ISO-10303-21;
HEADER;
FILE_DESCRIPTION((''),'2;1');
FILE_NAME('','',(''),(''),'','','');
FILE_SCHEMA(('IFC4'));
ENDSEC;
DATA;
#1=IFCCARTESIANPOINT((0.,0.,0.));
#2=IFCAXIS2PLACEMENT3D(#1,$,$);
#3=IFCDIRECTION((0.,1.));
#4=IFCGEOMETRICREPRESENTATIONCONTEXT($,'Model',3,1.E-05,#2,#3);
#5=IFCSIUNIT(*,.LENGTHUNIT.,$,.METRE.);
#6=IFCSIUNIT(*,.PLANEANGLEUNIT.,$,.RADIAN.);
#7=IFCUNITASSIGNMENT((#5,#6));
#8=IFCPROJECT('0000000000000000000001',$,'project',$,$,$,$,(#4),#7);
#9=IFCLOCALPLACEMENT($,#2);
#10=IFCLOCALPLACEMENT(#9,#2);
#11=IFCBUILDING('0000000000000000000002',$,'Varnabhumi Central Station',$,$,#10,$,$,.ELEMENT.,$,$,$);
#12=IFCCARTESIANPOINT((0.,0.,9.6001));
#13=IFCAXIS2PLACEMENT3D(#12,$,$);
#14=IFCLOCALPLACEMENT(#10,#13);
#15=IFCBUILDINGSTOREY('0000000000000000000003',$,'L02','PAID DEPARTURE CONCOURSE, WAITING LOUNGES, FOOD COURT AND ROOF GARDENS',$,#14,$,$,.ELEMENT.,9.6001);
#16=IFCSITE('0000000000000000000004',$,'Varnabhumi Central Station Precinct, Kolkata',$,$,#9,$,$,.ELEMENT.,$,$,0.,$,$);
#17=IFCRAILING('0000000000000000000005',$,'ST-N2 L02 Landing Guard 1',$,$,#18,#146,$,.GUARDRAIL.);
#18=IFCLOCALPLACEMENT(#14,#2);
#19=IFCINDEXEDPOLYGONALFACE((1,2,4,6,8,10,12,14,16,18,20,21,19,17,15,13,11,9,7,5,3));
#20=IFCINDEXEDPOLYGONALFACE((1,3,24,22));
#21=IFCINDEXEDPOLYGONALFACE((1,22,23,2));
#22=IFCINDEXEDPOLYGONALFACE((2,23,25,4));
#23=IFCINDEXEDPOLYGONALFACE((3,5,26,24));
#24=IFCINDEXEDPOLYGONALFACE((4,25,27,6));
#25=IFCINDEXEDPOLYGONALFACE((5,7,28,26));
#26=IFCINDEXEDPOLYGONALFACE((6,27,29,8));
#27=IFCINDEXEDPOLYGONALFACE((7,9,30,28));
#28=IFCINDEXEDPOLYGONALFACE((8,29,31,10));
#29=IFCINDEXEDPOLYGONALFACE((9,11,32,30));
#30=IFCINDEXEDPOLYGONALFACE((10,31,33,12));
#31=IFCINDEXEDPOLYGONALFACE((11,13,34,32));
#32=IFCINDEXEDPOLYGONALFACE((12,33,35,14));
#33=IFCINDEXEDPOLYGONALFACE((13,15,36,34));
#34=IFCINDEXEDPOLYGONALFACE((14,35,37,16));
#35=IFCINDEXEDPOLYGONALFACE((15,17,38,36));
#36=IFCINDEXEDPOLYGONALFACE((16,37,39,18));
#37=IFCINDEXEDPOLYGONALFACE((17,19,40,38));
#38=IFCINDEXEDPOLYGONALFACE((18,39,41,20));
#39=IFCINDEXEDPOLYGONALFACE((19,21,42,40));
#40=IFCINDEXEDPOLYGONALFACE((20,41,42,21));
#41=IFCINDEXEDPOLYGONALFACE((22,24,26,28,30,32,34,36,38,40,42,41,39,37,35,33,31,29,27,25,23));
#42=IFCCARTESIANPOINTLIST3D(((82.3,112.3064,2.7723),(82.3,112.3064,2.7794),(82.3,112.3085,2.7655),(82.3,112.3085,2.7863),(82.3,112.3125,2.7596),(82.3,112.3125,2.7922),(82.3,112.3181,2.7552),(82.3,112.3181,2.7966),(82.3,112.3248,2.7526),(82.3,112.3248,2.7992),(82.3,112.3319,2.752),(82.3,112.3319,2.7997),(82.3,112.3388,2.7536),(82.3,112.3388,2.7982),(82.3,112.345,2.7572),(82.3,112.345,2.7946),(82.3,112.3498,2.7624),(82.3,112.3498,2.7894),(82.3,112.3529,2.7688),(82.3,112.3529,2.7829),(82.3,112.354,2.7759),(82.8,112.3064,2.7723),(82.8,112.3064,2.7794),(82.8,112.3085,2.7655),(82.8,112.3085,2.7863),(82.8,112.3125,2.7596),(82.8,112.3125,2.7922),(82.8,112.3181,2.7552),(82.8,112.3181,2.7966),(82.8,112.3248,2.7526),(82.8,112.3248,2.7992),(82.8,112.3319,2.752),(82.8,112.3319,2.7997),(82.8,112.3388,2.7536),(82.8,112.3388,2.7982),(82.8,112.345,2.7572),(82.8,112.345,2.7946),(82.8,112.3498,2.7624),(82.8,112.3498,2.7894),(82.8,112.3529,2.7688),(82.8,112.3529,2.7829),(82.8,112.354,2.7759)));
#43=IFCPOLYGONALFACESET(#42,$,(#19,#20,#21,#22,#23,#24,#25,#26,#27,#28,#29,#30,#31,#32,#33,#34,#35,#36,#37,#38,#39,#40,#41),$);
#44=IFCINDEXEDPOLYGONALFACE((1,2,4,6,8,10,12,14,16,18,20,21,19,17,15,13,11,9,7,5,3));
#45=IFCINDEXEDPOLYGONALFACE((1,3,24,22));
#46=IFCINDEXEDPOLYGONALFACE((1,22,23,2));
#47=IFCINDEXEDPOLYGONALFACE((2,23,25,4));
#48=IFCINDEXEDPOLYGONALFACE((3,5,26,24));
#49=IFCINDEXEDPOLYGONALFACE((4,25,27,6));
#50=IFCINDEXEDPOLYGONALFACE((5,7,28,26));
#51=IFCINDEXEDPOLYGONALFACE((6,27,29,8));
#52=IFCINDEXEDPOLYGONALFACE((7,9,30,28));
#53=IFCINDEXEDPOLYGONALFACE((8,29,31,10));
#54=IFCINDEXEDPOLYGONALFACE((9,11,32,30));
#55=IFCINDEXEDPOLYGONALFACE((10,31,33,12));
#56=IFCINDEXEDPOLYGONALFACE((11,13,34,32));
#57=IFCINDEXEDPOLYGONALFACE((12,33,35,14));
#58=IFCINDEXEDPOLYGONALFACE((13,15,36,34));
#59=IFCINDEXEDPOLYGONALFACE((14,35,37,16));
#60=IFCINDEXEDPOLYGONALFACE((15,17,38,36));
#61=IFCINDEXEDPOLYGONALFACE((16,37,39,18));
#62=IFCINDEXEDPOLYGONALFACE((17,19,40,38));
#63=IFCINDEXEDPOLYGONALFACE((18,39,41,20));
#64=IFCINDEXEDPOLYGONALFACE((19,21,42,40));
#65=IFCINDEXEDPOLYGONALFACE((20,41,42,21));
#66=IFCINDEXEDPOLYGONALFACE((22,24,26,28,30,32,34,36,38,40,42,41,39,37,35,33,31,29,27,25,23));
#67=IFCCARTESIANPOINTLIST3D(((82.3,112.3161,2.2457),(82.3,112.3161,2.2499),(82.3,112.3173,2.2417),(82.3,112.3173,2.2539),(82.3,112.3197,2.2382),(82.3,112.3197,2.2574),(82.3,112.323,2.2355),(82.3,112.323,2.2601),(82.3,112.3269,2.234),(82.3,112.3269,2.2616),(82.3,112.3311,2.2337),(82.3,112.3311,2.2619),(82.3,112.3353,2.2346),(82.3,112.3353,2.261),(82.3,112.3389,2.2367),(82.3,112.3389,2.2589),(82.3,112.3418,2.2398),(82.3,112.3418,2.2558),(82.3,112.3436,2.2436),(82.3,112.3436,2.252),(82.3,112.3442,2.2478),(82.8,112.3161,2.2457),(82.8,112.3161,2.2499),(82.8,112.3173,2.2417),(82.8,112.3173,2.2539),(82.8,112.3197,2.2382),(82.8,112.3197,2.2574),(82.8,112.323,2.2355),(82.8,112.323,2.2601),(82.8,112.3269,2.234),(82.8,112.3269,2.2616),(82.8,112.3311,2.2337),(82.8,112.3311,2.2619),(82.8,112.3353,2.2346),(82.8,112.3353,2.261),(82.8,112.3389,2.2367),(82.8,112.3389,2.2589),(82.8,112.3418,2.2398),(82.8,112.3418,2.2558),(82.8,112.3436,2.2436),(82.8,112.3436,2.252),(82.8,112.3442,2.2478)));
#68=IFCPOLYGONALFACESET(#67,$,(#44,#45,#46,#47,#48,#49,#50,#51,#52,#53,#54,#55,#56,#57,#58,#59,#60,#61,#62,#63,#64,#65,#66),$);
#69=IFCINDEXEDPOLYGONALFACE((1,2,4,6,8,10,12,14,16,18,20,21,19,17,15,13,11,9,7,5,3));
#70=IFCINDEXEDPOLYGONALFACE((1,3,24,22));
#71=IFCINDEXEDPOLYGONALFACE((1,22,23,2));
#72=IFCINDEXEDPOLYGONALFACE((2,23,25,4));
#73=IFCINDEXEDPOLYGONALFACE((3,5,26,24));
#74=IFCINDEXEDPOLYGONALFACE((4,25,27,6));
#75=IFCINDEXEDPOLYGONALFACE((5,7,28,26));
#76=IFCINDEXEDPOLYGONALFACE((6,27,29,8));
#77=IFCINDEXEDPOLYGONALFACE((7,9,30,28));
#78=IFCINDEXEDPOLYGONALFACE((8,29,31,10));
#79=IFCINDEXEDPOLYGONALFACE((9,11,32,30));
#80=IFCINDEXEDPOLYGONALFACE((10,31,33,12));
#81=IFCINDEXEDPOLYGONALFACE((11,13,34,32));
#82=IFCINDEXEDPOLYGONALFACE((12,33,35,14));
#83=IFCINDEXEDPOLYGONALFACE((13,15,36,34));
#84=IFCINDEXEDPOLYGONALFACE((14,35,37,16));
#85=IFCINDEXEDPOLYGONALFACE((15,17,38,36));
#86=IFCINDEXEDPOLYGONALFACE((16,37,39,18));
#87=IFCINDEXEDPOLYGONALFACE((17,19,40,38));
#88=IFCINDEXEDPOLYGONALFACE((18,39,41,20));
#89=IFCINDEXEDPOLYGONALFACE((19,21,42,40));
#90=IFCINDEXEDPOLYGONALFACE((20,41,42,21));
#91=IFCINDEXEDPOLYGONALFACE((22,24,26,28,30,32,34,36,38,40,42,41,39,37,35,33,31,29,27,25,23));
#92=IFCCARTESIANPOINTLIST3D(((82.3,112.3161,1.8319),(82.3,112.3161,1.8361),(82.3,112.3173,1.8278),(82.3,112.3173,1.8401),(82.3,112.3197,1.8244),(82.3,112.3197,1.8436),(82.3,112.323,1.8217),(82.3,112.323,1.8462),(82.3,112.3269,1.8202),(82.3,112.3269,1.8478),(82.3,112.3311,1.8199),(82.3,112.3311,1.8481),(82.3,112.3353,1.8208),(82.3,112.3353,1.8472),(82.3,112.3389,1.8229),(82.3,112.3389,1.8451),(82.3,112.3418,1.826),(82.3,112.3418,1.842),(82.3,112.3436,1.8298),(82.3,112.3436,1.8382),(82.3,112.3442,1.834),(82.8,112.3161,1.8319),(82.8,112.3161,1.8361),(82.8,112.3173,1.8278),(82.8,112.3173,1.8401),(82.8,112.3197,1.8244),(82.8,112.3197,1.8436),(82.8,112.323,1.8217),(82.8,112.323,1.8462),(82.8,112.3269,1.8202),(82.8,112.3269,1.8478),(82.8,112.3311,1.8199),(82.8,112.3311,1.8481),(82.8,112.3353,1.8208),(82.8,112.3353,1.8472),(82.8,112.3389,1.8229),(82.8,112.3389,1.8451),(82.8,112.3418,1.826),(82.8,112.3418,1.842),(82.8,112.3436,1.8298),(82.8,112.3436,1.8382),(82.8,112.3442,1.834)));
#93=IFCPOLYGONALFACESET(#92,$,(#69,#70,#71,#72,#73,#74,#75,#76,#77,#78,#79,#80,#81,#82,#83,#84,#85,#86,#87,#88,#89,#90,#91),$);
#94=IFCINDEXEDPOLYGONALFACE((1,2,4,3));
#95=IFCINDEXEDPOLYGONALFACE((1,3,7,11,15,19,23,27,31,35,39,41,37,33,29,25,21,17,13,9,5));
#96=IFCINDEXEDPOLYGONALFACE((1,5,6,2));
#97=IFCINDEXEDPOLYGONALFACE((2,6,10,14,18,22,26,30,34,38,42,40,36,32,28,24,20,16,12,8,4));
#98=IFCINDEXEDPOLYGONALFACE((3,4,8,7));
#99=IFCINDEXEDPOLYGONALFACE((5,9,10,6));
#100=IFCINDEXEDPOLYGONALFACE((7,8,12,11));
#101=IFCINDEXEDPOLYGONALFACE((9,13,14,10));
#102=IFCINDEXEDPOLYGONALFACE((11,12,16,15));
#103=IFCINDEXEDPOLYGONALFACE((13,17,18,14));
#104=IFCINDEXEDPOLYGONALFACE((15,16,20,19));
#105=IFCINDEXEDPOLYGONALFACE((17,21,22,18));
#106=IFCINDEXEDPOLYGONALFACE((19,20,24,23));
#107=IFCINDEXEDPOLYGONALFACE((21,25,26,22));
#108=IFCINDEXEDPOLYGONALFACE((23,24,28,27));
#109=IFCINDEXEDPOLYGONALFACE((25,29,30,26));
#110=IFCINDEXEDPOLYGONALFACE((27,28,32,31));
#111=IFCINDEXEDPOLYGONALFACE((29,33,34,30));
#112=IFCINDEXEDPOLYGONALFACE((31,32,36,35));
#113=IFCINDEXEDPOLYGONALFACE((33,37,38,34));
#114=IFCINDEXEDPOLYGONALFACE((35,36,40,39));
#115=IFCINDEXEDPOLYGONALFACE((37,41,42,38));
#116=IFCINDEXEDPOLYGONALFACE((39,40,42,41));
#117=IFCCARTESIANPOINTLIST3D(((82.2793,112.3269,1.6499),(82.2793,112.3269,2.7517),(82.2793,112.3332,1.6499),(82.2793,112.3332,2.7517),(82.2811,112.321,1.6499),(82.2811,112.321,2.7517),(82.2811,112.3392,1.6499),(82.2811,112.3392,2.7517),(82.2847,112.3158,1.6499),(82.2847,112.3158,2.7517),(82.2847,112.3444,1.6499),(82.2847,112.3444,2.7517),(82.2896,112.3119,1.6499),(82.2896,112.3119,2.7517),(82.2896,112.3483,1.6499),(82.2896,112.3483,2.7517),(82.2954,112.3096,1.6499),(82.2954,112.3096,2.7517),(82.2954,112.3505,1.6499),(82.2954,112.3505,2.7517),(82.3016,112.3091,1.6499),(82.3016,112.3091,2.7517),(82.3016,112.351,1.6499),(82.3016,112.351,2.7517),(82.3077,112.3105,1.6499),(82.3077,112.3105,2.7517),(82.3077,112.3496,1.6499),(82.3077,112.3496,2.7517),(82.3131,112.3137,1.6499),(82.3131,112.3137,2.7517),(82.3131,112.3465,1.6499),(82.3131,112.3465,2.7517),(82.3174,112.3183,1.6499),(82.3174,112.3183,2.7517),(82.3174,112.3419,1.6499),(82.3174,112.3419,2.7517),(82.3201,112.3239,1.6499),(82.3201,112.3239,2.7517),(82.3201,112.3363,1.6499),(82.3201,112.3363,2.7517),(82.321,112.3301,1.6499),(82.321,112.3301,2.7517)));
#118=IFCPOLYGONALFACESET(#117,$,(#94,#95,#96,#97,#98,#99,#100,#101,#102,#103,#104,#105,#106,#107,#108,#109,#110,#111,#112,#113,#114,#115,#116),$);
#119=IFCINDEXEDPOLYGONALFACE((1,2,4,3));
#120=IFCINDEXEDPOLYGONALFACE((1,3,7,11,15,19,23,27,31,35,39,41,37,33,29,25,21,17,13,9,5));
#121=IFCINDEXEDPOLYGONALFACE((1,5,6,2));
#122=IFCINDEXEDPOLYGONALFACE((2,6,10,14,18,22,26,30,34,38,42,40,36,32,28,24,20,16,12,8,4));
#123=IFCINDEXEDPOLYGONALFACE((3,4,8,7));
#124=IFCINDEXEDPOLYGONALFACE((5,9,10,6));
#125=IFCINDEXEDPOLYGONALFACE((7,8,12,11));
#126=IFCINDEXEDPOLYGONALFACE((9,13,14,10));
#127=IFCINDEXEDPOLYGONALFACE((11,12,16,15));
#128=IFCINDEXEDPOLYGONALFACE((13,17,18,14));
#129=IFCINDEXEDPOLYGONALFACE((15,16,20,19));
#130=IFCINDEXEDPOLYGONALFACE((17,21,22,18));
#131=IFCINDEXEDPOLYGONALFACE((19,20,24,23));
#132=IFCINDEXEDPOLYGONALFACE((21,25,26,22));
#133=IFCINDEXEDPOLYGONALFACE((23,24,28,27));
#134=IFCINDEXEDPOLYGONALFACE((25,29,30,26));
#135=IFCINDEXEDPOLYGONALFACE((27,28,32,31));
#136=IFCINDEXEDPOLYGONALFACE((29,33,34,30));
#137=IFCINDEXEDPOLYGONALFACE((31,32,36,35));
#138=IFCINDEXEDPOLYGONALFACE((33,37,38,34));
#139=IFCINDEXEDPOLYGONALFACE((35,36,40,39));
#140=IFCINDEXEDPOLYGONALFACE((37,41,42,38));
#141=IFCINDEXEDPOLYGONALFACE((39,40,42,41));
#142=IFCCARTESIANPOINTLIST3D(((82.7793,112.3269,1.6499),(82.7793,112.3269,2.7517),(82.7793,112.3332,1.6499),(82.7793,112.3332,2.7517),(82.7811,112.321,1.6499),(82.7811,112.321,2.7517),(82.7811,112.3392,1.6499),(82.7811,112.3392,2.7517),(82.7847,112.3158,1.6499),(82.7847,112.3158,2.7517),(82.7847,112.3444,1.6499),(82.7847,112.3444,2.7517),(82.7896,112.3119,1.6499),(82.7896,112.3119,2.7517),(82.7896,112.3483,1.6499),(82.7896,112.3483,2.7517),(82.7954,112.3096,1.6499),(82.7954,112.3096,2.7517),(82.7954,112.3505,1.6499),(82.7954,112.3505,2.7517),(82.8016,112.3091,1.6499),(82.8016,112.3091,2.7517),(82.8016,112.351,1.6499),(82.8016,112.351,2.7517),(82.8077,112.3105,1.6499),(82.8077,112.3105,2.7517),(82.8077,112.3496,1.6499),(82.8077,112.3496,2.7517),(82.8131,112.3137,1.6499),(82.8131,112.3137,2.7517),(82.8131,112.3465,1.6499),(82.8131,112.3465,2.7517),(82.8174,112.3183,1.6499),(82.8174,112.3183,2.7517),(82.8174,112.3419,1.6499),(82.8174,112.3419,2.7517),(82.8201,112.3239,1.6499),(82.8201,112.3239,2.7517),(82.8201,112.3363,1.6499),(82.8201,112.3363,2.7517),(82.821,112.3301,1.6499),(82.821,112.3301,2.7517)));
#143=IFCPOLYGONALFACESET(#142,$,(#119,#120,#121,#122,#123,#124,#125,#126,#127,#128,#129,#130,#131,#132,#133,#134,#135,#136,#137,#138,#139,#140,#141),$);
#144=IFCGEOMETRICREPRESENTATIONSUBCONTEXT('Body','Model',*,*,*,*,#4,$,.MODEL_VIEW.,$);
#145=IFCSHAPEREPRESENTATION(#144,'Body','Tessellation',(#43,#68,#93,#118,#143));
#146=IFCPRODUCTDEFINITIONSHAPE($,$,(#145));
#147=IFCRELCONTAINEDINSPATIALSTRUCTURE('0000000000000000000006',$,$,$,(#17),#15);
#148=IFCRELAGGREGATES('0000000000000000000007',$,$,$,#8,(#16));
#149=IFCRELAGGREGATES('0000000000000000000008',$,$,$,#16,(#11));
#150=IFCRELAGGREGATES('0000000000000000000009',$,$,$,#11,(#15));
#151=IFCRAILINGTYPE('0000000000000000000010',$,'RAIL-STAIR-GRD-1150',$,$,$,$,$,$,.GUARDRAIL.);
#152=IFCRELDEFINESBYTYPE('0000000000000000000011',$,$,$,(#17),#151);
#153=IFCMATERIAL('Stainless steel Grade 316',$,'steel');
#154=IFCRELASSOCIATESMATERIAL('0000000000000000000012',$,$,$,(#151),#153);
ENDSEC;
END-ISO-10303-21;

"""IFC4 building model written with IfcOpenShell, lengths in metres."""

from ifc_helpers import new_model, si_unit, direction, frame, origin, origin_2d, place, context, subcontext, project, spatial, circle, extrude, material, type_object, element, save


model = new_model("IFC4")

# Units and contexts
model_context = context("Model", 3, precision=1e-05, world=origin(), true_north=direction((0.0, 1.0)))
body_context = subcontext(model_context, "Body", "Model", "MODEL_VIEW")
ifc_project = project(units=[si_unit("LENGTHUNIT", "METRE"), si_unit("PLANEANGLEUNIT", "RADIAN")], contexts=[model_context])

# Site, building, storey
site_placement = place(None, origin())
site = spatial("IfcSite", under=ifc_project, at=site_placement, Name="Varnabhumi Central Station Precinct, Kolkata", CompositionType="ELEMENT", RefElevation=0.0)
building_placement = place(site_placement, origin())
building = spatial("IfcBuilding", under=site, at=building_placement, Name="Varnabhumi Central Station", CompositionType="ELEMENT")
storey_placement = place(building_placement, frame((0.0, 0.0, 9.6001)))
storey = spatial("IfcBuildingStorey", under=building, at=storey_placement, Name="L02", Description="PAID DEPARTURE CONCOURSE, WAITING LOUNGES, FOOD COURT AND ROOF GARDENS", CompositionType="ELEMENT", Elevation=9.6001)

# Shared definitions
ifc_material_1 = material(Name="Stainless steel Grade 316", Category="steel")

# Railing
railing_type_1 = type_object("IfcRailingType", Name="RAIL-STAIR-GRD-1150", PredefinedType="GUARDRAIL", material=ifc_material_1)
for number, where, name in (
    (1, (82.3, 112.3301, 1.6499), "ST-N2 L02 Landing Guard 1"),
):
    element("IfcRailing", number, at=place(storey_placement, frame(where)), inside=storey, type_object=railing_type_1, Name=name, PredefinedType="GUARDRAIL", context=body_context, shape_type="SweptSolid", body=[
        extrude(circle(Radius=0.0239, at=origin_2d()), frame((0.0, 0.0, 1.126), z_axis=(1.0, 0.0, 0.0), x_axis=(0.0, 1.0, 0.0)), (0.0, 0.0, 1.0), 0.5),
        extrude(circle(Radius=0.0142, at=origin_2d()), frame((0.0, 0.0, 0.5979), z_axis=(1.0, 0.0, 0.0), x_axis=(0.0, 1.0, 0.0)), (0.0, 0.0, 1.0), 0.5),
        extrude(circle(Radius=0.0142, at=origin_2d()), frame((0.0, 0.0, 0.1841), z_axis=(1.0, 0.0, 0.0), x_axis=(0.0, 1.0, 0.0)), (0.0, 0.0, 1.0), 0.5),
        extrude(circle(Radius=0.021, at=origin_2d()), origin(), (0.0, 0.0, 1.0), 1.1018),
        extrude(circle(Radius=0.021, at=origin_2d()), frame((0.5, 0.0, 0.0)), (0.0, 0.0, 1.0), 1.1018),
    ])

save(model, "model.ifc")
